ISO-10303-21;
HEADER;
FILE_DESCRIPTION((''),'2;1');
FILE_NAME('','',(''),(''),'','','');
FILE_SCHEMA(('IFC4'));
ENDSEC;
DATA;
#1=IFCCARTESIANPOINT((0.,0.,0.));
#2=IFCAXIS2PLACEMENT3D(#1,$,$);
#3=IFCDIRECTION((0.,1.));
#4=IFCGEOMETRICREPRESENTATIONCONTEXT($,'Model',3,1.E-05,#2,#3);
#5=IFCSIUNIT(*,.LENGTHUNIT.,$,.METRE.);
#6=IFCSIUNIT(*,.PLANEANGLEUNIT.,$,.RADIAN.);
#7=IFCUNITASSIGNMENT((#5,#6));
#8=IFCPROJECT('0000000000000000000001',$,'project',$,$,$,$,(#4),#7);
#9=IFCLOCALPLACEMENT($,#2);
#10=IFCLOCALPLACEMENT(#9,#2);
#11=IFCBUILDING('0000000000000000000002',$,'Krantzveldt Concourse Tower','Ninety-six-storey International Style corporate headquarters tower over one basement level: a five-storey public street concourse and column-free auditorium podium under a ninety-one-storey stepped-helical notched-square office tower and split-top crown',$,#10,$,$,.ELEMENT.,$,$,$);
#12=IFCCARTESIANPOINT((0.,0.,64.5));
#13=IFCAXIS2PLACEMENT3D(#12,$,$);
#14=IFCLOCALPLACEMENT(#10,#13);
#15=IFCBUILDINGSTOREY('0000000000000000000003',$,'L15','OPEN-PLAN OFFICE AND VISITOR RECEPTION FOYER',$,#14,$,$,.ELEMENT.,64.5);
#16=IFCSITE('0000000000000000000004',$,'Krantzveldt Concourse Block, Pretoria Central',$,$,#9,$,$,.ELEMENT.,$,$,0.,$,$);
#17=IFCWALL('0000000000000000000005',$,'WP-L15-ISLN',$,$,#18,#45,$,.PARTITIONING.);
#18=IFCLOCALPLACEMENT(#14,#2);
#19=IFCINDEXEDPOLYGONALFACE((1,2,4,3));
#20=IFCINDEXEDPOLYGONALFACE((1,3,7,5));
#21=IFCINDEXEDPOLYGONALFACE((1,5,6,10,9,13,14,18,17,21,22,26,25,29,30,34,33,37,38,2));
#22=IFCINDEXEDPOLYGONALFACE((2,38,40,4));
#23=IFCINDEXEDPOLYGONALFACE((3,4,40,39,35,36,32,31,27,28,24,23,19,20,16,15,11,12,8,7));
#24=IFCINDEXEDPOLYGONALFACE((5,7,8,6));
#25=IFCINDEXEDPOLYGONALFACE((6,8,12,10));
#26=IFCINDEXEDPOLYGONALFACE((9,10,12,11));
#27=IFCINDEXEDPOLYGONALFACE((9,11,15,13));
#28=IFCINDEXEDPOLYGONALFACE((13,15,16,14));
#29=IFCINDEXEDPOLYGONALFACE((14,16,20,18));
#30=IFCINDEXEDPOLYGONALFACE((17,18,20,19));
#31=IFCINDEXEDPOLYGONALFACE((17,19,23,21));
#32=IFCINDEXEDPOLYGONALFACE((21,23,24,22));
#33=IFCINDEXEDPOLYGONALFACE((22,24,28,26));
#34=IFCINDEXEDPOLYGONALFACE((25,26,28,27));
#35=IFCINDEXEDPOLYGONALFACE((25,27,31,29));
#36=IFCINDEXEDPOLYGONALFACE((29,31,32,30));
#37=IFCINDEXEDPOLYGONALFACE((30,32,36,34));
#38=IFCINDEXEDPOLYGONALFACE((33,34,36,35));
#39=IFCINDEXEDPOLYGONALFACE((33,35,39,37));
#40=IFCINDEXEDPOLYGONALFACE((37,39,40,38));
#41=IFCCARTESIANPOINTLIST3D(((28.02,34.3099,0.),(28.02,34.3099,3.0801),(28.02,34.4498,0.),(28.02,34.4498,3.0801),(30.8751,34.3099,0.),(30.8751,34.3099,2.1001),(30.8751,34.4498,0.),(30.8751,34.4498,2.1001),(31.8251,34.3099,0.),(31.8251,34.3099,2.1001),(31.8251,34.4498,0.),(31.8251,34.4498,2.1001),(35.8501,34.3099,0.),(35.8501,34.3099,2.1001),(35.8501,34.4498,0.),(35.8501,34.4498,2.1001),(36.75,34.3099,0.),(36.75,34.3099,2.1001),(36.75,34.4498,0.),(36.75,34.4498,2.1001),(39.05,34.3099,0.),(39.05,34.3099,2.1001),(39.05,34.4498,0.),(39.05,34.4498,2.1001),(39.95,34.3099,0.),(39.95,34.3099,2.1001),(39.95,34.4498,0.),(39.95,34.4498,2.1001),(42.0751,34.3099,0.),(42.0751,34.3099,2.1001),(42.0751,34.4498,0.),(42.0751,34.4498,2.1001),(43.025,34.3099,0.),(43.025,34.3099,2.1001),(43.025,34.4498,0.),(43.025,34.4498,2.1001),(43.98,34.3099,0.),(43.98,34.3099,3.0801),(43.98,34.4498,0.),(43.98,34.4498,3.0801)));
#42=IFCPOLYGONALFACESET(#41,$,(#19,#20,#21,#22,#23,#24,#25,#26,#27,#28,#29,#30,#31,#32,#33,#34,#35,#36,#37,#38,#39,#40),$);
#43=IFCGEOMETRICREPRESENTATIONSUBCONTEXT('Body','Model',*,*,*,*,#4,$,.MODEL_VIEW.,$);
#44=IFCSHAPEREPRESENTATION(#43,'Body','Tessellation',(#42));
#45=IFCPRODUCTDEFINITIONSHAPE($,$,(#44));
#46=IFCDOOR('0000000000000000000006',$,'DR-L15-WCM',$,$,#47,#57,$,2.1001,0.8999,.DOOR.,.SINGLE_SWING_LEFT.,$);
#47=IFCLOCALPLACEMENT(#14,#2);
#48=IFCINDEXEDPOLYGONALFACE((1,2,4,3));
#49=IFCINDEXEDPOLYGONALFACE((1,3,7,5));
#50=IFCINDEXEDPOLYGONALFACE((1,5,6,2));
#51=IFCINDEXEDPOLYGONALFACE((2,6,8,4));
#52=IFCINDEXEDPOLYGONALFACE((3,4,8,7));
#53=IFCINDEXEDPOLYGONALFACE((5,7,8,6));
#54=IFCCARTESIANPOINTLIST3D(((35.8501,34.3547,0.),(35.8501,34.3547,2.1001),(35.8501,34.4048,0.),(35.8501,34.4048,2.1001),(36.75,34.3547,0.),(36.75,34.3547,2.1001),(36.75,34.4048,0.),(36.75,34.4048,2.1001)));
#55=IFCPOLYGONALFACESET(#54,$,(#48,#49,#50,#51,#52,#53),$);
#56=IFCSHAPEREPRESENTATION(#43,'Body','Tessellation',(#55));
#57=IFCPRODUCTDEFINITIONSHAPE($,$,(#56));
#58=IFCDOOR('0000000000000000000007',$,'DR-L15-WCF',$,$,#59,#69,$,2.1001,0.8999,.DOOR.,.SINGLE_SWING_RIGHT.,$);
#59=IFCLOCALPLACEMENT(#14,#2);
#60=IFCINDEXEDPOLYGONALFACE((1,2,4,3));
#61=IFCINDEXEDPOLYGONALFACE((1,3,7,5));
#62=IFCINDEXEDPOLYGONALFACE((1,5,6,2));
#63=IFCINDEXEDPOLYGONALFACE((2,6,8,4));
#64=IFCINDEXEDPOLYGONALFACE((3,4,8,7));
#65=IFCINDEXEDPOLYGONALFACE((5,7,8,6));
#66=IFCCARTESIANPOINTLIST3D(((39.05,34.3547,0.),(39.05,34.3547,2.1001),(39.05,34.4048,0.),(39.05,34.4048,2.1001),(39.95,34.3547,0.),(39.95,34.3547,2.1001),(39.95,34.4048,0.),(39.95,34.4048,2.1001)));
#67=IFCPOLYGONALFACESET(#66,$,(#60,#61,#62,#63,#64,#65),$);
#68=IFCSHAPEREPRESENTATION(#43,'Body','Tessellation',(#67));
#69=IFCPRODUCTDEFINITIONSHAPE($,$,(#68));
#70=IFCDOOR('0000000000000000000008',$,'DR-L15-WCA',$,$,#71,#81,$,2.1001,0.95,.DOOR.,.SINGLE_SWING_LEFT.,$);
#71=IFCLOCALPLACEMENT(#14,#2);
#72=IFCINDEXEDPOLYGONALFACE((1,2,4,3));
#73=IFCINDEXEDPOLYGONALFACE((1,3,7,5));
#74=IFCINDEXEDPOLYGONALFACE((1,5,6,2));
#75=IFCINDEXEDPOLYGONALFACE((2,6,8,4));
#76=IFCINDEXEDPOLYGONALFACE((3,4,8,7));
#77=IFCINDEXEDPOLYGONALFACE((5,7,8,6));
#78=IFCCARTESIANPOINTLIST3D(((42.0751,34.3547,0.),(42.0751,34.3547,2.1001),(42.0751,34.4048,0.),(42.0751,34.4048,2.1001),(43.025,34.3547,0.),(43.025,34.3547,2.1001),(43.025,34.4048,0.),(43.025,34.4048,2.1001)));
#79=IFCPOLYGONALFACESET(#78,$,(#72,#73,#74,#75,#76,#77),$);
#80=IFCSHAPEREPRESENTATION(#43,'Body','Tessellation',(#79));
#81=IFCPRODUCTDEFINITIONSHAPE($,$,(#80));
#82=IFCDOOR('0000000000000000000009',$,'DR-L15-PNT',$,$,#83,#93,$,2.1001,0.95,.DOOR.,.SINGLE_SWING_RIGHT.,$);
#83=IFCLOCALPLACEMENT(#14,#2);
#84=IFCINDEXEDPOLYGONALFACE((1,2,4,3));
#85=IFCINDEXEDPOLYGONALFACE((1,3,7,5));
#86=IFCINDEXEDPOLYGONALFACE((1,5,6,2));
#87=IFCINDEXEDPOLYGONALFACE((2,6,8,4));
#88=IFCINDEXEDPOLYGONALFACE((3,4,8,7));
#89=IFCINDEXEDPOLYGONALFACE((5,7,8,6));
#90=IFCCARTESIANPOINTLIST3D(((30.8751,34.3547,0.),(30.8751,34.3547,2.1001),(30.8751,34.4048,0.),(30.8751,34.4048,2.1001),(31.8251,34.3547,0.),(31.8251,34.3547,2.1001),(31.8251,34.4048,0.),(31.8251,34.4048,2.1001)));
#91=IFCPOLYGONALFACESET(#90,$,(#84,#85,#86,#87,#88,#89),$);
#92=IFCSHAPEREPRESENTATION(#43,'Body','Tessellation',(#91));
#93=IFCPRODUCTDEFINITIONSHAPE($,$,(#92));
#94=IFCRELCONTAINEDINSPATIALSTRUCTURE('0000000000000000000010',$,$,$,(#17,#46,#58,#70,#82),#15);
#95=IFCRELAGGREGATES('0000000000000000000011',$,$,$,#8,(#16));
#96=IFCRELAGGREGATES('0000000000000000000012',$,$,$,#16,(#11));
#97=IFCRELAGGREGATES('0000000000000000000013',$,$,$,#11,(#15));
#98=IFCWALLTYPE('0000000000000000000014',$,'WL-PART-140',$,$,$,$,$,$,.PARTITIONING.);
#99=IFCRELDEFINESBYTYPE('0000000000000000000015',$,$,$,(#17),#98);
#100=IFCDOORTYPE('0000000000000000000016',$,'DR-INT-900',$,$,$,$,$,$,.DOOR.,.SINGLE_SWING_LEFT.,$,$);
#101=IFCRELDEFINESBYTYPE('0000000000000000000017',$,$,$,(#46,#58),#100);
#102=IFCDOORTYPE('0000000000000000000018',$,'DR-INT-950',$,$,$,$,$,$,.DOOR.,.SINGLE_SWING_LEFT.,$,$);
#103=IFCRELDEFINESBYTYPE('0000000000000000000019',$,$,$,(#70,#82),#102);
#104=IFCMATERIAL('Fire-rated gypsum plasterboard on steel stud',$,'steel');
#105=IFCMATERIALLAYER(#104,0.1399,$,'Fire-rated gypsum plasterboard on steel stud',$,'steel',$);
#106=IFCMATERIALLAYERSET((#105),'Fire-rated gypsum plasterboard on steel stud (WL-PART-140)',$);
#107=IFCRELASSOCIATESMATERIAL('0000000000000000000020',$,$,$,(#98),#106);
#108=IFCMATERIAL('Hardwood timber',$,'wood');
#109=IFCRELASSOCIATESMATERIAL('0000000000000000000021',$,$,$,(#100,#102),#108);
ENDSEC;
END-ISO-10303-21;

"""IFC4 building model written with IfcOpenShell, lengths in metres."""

from ifc_helpers import new_model, si_unit, direction, frame, frame_2d, origin, place, context, subcontext, project, spatial, rectangle, extrude, material, layer, layer_set, type_object, element, fill, save


model = new_model("IFC4")

# Units and contexts
model_context = context("Model", 3, precision=1e-05, world=origin(), true_north=direction((0.0, 1.0)))
body_context = subcontext(model_context, "Body", "Model", "MODEL_VIEW")
ifc_project = project(units=[si_unit("LENGTHUNIT", "METRE"), si_unit("PLANEANGLEUNIT", "RADIAN")], contexts=[model_context])

# Site, building, storey
site_placement = place(None, origin())
site = spatial("IfcSite", under=ifc_project, at=site_placement, Name="Krantzveldt Concourse Block, Pretoria Central", CompositionType="ELEMENT", RefElevation=0.0)
building_placement = place(site_placement, origin())
building = spatial("IfcBuilding", under=site, at=building_placement, Name="Krantzveldt Concourse Tower", Description="Ninety-six-storey International Style corporate headquarters tower over one basement level: a five-storey public street concourse and column-free auditorium podium under a ninety-one-storey stepped-helical notched-square office tower and split-top crown", CompositionType="ELEMENT")
storey_placement = place(building_placement, frame((0.0, 0.0, 64.5)))
storey = spatial("IfcBuildingStorey", under=building, at=storey_placement, Name="L15", Description="OPEN-PLAN OFFICE AND VISITOR RECEPTION FOYER", CompositionType="ELEMENT", Elevation=64.5)

# Shared definitions
ifc_material_1 = material(Name="Fire-rated gypsum plasterboard on steel stud", Category="steel")

# Wall, openings, doors
ifc_layer_1 = layer(ifc_material_1, 0.1399, Name="Fire-rated gypsum plasterboard on steel stud", Category="steel")
ifc_layer_set_1 = layer_set([ifc_layer_1], Name="Fire-rated gypsum plasterboard on steel stud (WL-PART-140)")
wall_type_1 = type_object("IfcWallType", Name="WL-PART-140", PredefinedType="PARTITIONING", material=ifc_layer_set_1)
wall_1_placement = place(storey_placement, frame((28.02, 34.3799, 0.0), z_axis=(0.0, 0.0, 1.0), x_axis=(1.0, 0.0, 0.0)))
wall_1 = element("IfcWall", 1, at=wall_1_placement, inside=storey, type_object=wall_type_1, Name="WP-L15-ISLN", PredefinedType="PARTITIONING", context=body_context, shape_type="SweptSolid", body=[
    extrude(rectangle(XDim=15.96, YDim=0.1399, at=frame_2d((7.98, 0.0))), origin(), (0.0, 0.0, 1.0), 3.0801),
])
opening_1_placement = place(wall_1_placement, frame((7.8301, 0.0, 0.0)))
opening_1 = element("IfcOpeningElement", 2, at=opening_1_placement, cuts=wall_1, PredefinedType="OPENING", context=body_context, shape_type="SweptSolid", body=[
    extrude(rectangle(XDim=0.8999, YDim=2.1001, at=frame_2d((0.45, 1.05))), frame((0.0, 0.0801, 0.0), z_axis=(0.0, -1.0, 0.0), x_axis=(1.0, 0.0, 0.0)), (0.0, 0.0, 1.0), 0.1599),
])
opening_2_placement = place(wall_1_placement, frame((11.03, 0.0, 0.0)))
opening_2 = element("IfcOpeningElement", 3, at=opening_2_placement, cuts=wall_1, PredefinedType="OPENING", context=body_context, shape_type="SweptSolid", body=[
    extrude(rectangle(XDim=0.8999, YDim=2.1001, at=frame_2d((0.45, 1.05))), frame((0.0, 0.0801, 0.0), z_axis=(0.0, -1.0, 0.0), x_axis=(1.0, 0.0, 0.0)), (0.0, 0.0, 1.0), 0.1599),
])
opening_3_placement = place(wall_1_placement, frame((14.0549, 0.0, 0.0)))
opening_3 = element("IfcOpeningElement", 4, at=opening_3_placement, cuts=wall_1, PredefinedType="OPENING", context=body_context, shape_type="SweptSolid", body=[
    extrude(rectangle(XDim=0.95, YDim=2.1001, at=frame_2d((0.4751, 1.05))), frame((0.0, 0.0801, 0.0), z_axis=(0.0, -1.0, 0.0), x_axis=(1.0, 0.0, 0.0)), (0.0, 0.0, 1.0), 0.1599),
])
opening_4_placement = place(wall_1_placement, frame((2.855, 0.0, 0.0)))
opening_4 = element("IfcOpeningElement", 5, at=opening_4_placement, cuts=wall_1, PredefinedType="OPENING", context=body_context, shape_type="SweptSolid", body=[
    extrude(rectangle(XDim=0.95, YDim=2.1001, at=frame_2d((0.4751, 1.05))), frame((0.0, 0.0801, 0.0), z_axis=(0.0, -1.0, 0.0), x_axis=(1.0, 0.0, 0.0)), (0.0, 0.0, 1.0), 0.1599),
])
ifc_material_2 = material(Name="Hardwood timber", Category="wood")
door_type_1 = type_object("IfcDoorType", Name="DR-INT-900", OperationType="SINGLE_SWING_LEFT", PredefinedType="DOOR", material=ifc_material_2)
door_1_placement = place(opening_1_placement, origin())
door_1 = element("IfcDoor", 6, at=door_1_placement, inside=storey, type_object=door_type_1, Name="DR-L15-WCM", OperationType="SINGLE_SWING_LEFT", OverallHeight=2.1001, OverallWidth=0.8999, PredefinedType="DOOR", context=body_context, shape_type="SweptSolid", body=[
    extrude(rectangle(XDim=0.8999, YDim=2.1001, at=frame_2d((0.45, 1.05))), frame((0.0, 0.0249, 0.0), z_axis=(0.0, -1.0, 0.0), x_axis=(1.0, 0.0, 0.0)), (0.0, 0.0, 1.0), 0.05),
])
fill(opening_1, door_1)
door_2_placement = place(opening_2_placement, origin())
door_2 = element("IfcDoor", 7, at=door_2_placement, inside=storey, type_object=door_type_1, Name="DR-L15-WCF", OperationType="SINGLE_SWING_RIGHT", OverallHeight=2.1001, OverallWidth=0.8999, PredefinedType="DOOR", context=body_context, shape_type="SweptSolid", body=[
    extrude(rectangle(XDim=0.8999, YDim=2.1001, at=frame_2d((0.45, 1.05))), frame((0.0, 0.0249, 0.0), z_axis=(0.0, -1.0, 0.0), x_axis=(1.0, 0.0, 0.0)), (0.0, 0.0, 1.0), 0.05),
])
fill(opening_2, door_2)
door_type_2 = type_object("IfcDoorType", Name="DR-INT-950", OperationType="SINGLE_SWING_LEFT", PredefinedType="DOOR", material=ifc_material_2)
door_3_placement = place(opening_3_placement, origin())
door_3 = element("IfcDoor", 8, at=door_3_placement, inside=storey, type_object=door_type_2, Name="DR-L15-WCA", OperationType="SINGLE_SWING_LEFT", OverallHeight=2.1001, OverallWidth=0.95, PredefinedType="DOOR", context=body_context, shape_type="SweptSolid", body=[
    extrude(rectangle(XDim=0.95, YDim=2.1001, at=frame_2d((0.4751, 1.05))), frame((0.0, 0.0249, 0.0), z_axis=(0.0, -1.0, 0.0), x_axis=(1.0, 0.0, 0.0)), (0.0, 0.0, 1.0), 0.05),
])
fill(opening_3, door_3)
door_4_placement = place(opening_4_placement, origin())
door_4 = element("IfcDoor", 9, at=door_4_placement, inside=storey, type_object=door_type_2, Name="DR-L15-PNT", OperationType="SINGLE_SWING_RIGHT", OverallHeight=2.1001, OverallWidth=0.95, PredefinedType="DOOR", context=body_context, shape_type="SweptSolid", body=[
    extrude(rectangle(XDim=0.95, YDim=2.1001, at=frame_2d((0.4751, 1.05))), frame((0.0, 0.0249, 0.0), z_axis=(0.0, -1.0, 0.0), x_axis=(1.0, 0.0, 0.0)), (0.0, 0.0, 1.0), 0.05),
])
fill(opening_4, door_4)

save(model, "model.ifc")
